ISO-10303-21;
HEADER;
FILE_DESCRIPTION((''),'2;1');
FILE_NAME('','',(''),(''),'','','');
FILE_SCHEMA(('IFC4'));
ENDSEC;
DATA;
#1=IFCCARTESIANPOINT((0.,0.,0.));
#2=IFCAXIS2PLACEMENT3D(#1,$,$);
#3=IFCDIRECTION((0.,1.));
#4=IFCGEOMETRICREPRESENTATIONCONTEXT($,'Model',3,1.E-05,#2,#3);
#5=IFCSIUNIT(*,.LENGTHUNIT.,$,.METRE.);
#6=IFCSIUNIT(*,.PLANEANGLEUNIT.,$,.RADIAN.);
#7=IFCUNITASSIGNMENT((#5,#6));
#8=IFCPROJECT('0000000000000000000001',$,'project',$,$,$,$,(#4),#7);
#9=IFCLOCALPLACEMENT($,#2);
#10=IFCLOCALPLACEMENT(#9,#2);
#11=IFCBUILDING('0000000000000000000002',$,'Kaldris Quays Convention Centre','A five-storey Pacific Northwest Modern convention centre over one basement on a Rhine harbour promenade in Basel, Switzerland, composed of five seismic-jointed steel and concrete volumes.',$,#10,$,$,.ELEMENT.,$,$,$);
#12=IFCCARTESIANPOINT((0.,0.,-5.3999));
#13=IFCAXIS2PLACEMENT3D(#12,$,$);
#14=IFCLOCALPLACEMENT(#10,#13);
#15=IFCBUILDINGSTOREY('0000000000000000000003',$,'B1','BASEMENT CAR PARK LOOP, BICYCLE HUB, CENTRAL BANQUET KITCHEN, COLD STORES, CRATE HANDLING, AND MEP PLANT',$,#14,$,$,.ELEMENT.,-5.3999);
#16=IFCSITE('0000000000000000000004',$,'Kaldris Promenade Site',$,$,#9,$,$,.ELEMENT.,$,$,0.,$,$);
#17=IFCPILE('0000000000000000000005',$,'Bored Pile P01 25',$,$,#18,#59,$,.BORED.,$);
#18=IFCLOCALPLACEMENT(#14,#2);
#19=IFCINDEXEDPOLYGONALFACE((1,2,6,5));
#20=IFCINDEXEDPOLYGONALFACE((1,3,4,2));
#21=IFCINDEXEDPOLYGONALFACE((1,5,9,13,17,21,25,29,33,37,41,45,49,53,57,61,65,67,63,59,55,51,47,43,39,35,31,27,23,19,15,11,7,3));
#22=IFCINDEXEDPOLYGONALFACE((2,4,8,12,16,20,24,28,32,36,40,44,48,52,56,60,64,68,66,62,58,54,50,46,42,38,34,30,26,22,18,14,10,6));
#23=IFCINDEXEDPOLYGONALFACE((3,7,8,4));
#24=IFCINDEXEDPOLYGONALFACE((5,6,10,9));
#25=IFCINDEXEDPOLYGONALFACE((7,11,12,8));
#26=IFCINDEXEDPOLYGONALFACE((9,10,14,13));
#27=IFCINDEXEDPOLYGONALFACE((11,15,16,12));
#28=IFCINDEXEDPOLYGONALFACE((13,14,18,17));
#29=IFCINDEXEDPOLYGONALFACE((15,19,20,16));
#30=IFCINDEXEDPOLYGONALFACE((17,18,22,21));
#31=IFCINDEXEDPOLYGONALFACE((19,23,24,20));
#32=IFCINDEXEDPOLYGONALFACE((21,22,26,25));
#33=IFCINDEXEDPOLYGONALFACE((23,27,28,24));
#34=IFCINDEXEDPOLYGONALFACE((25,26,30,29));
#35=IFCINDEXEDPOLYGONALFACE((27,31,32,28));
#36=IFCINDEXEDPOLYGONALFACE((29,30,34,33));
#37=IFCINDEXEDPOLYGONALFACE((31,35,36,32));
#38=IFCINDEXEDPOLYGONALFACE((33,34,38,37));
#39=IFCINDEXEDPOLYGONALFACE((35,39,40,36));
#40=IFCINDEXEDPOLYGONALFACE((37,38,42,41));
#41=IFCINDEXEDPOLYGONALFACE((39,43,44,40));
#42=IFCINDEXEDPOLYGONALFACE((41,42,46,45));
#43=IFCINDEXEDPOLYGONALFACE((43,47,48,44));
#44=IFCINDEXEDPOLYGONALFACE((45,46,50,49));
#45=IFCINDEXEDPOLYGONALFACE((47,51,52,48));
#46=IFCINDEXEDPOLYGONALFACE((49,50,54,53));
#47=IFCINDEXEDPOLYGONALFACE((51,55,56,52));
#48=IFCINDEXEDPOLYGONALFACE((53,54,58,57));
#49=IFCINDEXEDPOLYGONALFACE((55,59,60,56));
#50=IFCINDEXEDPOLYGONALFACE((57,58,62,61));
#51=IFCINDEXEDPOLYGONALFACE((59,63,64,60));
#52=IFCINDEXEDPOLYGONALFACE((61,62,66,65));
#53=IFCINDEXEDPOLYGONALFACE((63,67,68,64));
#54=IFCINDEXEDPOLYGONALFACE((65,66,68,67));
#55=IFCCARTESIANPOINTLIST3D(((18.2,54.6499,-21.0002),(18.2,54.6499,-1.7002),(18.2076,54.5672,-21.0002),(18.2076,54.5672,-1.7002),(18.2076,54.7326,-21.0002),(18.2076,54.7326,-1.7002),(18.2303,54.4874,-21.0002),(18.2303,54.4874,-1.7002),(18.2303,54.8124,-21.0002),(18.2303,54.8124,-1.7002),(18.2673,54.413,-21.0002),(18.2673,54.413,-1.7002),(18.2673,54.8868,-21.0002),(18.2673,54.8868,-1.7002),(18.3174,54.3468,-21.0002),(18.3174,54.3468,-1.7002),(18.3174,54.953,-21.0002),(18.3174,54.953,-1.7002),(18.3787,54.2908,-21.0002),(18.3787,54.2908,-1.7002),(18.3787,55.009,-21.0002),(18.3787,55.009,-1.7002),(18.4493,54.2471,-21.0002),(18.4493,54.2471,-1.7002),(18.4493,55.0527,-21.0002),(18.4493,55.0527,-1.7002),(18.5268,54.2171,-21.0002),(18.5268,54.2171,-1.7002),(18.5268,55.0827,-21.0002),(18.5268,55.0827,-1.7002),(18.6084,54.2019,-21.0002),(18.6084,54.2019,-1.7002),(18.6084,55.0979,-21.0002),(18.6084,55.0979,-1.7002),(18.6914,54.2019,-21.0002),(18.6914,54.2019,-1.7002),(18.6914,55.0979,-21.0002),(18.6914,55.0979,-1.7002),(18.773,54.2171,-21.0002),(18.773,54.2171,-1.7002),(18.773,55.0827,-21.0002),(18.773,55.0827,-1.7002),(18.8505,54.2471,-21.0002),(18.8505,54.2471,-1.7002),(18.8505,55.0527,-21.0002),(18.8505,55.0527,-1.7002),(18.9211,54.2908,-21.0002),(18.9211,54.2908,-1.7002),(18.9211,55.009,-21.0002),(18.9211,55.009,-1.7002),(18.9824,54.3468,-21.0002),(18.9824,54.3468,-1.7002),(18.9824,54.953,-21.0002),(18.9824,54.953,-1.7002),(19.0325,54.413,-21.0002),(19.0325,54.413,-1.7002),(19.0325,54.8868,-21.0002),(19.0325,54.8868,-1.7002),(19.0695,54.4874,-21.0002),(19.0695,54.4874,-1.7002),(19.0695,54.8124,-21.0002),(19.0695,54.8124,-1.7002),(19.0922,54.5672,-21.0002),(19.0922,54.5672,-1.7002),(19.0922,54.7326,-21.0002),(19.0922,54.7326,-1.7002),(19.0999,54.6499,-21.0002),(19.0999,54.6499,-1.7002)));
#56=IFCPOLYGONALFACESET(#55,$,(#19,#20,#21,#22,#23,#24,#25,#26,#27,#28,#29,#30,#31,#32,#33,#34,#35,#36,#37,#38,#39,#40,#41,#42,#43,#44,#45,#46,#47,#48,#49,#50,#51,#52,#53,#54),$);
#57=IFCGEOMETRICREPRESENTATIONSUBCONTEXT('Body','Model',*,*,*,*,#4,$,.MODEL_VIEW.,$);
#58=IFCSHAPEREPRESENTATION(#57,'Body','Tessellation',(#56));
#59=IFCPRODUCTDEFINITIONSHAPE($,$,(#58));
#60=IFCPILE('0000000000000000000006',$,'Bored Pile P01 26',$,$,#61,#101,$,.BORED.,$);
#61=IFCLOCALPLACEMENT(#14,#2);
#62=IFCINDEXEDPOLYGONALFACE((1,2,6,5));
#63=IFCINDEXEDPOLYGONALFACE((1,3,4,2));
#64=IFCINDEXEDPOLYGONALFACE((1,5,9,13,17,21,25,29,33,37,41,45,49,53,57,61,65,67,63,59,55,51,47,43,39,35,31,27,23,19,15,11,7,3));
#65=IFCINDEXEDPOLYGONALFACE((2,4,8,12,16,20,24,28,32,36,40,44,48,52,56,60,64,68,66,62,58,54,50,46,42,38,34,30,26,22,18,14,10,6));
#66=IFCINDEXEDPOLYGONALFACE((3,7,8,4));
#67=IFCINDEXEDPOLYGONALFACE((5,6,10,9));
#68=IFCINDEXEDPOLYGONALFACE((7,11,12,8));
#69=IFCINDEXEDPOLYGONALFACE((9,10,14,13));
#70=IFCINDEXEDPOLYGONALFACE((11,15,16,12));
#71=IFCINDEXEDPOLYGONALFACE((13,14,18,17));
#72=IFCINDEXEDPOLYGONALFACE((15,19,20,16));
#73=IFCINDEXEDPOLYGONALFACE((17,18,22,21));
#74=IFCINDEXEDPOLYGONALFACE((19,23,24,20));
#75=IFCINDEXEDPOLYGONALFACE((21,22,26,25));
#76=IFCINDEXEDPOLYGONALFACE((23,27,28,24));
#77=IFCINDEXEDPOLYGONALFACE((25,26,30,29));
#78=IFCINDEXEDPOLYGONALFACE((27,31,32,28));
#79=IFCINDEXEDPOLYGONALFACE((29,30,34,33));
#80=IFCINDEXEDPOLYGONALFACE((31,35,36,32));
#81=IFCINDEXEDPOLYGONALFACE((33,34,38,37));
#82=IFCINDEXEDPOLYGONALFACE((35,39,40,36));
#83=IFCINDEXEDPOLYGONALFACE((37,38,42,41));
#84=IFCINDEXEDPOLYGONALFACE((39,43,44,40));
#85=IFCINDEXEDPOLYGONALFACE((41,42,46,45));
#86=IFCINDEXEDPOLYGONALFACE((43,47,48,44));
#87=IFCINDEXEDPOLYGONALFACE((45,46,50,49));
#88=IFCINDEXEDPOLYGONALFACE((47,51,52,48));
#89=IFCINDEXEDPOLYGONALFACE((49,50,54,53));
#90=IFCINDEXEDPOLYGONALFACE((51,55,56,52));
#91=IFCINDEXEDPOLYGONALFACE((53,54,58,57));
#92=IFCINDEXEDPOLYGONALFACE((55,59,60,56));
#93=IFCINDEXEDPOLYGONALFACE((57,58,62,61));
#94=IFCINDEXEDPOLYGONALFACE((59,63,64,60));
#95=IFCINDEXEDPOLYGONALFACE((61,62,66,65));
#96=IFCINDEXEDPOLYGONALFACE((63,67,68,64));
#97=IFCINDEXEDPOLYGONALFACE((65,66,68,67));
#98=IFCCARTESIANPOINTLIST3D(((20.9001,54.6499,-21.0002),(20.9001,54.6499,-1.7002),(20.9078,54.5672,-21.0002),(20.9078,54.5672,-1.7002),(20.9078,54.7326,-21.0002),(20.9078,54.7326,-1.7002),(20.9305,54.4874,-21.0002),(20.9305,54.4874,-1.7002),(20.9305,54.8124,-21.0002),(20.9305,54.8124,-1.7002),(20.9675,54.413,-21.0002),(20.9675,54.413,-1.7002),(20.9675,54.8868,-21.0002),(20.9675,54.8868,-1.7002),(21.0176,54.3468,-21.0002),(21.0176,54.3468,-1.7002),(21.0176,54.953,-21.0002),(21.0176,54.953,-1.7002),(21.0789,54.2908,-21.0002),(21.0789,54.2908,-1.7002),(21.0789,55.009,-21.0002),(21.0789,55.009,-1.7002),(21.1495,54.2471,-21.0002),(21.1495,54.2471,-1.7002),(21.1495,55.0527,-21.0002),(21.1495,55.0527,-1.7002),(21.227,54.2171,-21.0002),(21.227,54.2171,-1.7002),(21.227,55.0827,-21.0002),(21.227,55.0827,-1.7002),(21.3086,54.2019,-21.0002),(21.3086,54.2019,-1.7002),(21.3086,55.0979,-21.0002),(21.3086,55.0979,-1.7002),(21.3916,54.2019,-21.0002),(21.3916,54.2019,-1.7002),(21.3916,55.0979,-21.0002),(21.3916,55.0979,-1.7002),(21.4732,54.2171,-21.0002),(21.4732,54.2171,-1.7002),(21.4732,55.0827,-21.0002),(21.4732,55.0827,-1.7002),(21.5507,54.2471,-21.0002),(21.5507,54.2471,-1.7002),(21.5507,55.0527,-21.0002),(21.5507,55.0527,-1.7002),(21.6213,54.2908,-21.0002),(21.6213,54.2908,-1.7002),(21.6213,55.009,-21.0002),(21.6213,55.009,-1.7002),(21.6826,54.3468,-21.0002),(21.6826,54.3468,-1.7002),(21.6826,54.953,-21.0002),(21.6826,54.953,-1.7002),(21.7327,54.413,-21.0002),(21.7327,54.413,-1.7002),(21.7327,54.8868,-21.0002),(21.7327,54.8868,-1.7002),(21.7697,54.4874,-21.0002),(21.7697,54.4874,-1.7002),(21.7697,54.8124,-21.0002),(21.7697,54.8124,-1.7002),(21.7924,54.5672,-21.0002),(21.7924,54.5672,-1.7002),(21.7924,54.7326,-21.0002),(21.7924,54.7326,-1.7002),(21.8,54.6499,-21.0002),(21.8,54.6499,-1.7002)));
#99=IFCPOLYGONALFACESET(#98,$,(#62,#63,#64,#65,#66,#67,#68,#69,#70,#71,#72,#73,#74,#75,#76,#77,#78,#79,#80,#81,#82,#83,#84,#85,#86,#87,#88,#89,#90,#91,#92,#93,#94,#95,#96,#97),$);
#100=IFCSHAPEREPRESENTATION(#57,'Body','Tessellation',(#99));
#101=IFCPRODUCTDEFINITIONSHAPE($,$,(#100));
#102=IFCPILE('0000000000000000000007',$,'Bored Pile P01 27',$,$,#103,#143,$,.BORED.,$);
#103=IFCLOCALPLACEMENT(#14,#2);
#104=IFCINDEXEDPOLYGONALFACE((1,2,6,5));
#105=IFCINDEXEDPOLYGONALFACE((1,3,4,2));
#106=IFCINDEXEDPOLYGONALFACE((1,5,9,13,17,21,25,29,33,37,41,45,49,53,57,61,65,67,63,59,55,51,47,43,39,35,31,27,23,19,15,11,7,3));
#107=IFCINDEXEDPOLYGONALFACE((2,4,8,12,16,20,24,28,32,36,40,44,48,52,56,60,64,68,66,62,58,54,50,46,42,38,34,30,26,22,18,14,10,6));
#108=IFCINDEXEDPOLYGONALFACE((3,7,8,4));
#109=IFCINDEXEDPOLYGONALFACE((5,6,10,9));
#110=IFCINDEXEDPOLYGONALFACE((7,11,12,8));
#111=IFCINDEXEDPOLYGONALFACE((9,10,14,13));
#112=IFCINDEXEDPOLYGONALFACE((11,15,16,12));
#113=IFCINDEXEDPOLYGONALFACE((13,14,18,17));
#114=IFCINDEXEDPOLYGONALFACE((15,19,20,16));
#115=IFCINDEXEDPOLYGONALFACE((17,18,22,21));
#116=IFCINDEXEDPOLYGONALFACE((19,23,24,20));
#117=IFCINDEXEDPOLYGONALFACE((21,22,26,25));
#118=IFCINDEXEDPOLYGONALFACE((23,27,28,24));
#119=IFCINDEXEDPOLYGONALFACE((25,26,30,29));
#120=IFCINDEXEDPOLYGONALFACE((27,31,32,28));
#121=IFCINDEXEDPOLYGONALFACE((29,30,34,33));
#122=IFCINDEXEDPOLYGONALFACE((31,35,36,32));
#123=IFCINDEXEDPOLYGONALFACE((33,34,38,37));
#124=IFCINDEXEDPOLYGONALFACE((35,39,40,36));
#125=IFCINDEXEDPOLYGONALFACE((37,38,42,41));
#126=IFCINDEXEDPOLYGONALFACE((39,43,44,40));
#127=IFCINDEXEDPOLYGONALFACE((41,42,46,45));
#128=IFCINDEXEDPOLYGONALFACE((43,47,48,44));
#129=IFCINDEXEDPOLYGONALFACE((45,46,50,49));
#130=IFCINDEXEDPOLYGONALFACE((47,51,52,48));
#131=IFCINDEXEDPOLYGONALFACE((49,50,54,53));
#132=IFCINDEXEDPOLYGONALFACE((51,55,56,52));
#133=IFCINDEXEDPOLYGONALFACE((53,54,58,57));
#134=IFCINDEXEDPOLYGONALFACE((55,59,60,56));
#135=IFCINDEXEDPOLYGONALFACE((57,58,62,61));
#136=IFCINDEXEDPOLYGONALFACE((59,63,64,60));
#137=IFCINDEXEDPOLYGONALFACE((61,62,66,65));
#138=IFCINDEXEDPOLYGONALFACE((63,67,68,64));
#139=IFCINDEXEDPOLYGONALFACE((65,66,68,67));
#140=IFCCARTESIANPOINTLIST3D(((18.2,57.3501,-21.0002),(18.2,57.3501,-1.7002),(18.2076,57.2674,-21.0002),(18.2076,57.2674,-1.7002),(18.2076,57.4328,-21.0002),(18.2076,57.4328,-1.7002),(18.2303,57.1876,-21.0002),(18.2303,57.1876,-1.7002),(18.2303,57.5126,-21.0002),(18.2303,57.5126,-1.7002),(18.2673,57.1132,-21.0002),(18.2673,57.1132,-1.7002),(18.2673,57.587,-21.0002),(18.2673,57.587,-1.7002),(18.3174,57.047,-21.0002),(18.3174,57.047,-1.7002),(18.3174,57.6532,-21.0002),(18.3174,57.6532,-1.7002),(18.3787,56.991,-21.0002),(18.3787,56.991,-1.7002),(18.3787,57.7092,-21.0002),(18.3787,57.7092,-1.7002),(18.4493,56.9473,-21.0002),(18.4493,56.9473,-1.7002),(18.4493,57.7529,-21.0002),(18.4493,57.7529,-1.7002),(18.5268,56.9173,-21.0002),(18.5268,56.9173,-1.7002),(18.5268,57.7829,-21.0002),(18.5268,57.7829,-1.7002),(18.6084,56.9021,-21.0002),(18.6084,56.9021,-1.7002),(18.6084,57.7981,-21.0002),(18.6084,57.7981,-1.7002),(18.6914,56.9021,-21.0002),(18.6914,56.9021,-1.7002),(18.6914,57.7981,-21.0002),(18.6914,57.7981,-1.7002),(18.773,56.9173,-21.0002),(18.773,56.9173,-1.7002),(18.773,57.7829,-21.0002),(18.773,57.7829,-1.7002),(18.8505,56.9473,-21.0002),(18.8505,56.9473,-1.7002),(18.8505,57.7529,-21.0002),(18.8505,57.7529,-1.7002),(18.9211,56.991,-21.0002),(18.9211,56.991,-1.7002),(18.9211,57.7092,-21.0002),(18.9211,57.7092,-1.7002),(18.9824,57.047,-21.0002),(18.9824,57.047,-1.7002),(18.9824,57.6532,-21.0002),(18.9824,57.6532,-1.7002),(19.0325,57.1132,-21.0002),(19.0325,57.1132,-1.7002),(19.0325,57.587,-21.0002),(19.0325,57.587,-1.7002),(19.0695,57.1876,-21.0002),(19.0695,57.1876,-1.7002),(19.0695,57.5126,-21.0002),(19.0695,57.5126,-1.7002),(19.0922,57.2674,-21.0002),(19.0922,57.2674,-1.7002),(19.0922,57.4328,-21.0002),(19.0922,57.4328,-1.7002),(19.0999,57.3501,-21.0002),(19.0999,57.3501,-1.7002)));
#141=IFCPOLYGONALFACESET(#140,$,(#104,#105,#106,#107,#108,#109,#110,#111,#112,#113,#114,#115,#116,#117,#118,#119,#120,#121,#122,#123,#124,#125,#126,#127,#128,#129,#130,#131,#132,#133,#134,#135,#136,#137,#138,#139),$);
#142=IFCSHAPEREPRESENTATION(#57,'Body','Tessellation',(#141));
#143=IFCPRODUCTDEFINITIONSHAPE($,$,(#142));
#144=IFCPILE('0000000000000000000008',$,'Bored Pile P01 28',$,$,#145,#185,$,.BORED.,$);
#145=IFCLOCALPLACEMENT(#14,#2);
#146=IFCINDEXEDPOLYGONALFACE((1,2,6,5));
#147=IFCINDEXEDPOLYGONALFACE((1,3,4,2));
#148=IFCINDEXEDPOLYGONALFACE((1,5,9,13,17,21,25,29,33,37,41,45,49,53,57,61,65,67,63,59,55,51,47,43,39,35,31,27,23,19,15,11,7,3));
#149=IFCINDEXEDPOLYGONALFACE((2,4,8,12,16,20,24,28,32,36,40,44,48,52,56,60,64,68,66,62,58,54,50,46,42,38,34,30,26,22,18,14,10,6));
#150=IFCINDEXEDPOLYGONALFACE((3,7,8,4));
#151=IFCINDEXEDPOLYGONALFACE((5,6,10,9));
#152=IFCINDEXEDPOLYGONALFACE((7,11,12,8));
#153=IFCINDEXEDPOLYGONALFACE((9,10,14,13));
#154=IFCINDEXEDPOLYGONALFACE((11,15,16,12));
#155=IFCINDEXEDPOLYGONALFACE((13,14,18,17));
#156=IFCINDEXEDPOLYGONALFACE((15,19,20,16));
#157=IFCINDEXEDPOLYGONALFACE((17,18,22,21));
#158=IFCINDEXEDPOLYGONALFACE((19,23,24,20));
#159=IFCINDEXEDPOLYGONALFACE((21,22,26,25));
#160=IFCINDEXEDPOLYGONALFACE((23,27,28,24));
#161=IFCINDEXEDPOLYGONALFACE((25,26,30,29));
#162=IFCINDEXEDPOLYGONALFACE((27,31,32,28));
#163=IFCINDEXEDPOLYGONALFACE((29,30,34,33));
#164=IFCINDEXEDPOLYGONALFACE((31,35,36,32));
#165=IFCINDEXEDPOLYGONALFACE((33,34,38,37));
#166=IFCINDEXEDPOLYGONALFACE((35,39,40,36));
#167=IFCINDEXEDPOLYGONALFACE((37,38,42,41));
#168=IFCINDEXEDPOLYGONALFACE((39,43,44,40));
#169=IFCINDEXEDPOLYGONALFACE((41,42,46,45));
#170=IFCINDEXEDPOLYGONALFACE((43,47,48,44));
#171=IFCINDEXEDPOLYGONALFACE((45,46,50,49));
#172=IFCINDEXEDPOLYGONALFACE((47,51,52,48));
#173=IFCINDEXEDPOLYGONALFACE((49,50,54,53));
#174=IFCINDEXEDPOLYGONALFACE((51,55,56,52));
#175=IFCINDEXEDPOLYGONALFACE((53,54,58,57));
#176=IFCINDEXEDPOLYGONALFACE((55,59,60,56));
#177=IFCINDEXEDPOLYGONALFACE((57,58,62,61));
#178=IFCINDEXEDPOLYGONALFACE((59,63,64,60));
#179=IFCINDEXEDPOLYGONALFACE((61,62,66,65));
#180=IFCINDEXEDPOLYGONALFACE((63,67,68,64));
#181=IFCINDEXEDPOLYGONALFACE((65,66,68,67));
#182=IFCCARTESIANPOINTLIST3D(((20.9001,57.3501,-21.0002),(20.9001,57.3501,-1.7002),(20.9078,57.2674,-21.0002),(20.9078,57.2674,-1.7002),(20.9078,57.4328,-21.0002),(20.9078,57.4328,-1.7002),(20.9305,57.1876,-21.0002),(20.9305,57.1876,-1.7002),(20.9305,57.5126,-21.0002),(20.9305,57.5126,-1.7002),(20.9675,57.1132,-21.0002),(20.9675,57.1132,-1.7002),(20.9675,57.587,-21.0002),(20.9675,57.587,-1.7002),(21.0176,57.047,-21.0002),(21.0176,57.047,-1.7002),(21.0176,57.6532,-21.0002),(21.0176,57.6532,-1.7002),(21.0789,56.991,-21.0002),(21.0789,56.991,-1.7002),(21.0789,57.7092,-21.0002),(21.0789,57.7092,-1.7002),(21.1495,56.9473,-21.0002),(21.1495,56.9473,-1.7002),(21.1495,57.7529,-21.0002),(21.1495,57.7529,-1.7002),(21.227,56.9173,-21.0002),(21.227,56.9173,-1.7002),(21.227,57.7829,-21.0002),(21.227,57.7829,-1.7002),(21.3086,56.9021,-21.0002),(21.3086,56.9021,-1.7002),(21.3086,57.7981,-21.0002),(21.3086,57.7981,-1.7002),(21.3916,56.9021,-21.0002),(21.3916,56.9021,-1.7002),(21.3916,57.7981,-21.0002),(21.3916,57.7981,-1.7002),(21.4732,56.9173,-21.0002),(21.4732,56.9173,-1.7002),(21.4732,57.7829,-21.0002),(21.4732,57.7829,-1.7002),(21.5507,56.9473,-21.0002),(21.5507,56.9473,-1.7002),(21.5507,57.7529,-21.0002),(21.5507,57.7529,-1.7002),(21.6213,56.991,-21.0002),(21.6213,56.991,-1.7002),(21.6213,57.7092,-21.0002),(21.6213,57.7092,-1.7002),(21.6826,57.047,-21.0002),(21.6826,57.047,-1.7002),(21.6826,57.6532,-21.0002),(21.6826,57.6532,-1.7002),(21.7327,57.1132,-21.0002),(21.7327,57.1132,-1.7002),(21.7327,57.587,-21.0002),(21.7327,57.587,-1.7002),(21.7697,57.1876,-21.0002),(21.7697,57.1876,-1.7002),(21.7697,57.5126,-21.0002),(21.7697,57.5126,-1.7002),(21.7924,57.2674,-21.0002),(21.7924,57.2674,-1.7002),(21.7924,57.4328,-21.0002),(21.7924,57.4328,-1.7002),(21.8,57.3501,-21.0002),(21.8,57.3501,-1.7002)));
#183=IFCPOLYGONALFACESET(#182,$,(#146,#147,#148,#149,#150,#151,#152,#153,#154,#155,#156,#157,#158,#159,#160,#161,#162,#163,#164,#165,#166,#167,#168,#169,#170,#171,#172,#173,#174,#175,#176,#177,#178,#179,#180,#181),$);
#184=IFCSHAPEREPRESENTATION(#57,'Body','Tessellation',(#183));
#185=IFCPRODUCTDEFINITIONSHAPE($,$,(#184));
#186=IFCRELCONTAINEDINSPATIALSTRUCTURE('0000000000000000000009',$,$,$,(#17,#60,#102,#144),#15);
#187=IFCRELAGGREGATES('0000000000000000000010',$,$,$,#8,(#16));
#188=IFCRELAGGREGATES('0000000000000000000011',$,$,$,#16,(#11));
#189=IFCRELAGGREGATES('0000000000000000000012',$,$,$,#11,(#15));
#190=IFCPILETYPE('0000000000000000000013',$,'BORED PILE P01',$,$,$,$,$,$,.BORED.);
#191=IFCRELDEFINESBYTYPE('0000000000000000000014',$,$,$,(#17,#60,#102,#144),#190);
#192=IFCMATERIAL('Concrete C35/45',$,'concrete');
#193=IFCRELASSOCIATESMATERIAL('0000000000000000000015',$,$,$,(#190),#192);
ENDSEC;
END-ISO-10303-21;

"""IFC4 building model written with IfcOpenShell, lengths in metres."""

from ifc_helpers import new_model, si_unit, direction, frame, origin, origin_2d, place, context, subcontext, project, spatial, circle, extrude, material, material_profile, profile_set, type_object, element, save


model = new_model("IFC4")

# Units and contexts
model_context = context("Model", 3, precision=1e-05, world=origin(), true_north=direction((0.0, 1.0)))
body_context = subcontext(model_context, "Body", "Model", "MODEL_VIEW")
ifc_project = project(units=[si_unit("LENGTHUNIT", "METRE"), si_unit("PLANEANGLEUNIT", "RADIAN")], contexts=[model_context])

# Site, building, storey
site_placement = place(None, origin())
site = spatial("IfcSite", under=ifc_project, at=site_placement, Name="Kaldris Promenade Site", CompositionType="ELEMENT", RefElevation=0.0)
building_placement = place(site_placement, origin())
building = spatial("IfcBuilding", under=site, at=building_placement, Name="Kaldris Quays Convention Centre", Description="A five-storey Pacific Northwest Modern convention centre over one basement on a Rhine harbour promenade in Basel, Switzerland, composed of five seismic-jointed steel and concrete volumes.", CompositionType="ELEMENT")
storey_placement = place(building_placement, frame((0.0, 0.0, -5.3999)))
storey = spatial("IfcBuildingStorey", under=building, at=storey_placement, Name="B1", Description="BASEMENT CAR PARK LOOP, BICYCLE HUB, CENTRAL BANQUET KITCHEN, COLD STORES, CRATE HANDLING, AND MEP PLANT", CompositionType="ELEMENT", Elevation=-5.3999)

# Piles
ifc_material_1 = material(Name="Concrete C35/45", Category="concrete")
ifc_material_profile_1 = material_profile(ifc_material_1, circle(Radius=0.45, at=origin_2d()), Name="BORED PILE D900")
ifc_profile_set_1 = profile_set([ifc_material_profile_1], Name="Concrete C35/45")
pile_type = type_object("IfcPileType", Name="BORED PILE P01", PredefinedType="BORED", material=ifc_profile_set_1)
for number, where, z_axis, x_axis, name in (
    (1, (18.6499, 54.6499, -1.7002), (0.0, 0.0, -1.0), (1.0, 0.0, 0.0), "Bored Pile P01 25"),
    (2, (21.3501, 54.6499, -1.7002), (0.0, 0.0, -1.0), (1.0, 0.0, 0.0), "Bored Pile P01 26"),
    (3, (18.6499, 57.3501, -1.7002), (0.0, 0.0, -1.0), (1.0, 0.0, 0.0), "Bored Pile P01 27"),
    (4, (21.3501, 57.3501, -1.7002), (0.0, 0.0, -1.0), (1.0, 0.0, 0.0), "Bored Pile P01 28"),
):
    element("IfcPile", number, at=place(storey_placement, frame(where, z_axis=z_axis, x_axis=x_axis)), inside=storey, type_object=pile_type, Name=name, PredefinedType="BORED", context=body_context, shape_type="SweptSolid", body=[
        extrude(circle(Radius=0.45, at=origin_2d()), origin(), (0.0, 0.0, 1.0), 19.3),
    ])

save(model, "model.ifc")
